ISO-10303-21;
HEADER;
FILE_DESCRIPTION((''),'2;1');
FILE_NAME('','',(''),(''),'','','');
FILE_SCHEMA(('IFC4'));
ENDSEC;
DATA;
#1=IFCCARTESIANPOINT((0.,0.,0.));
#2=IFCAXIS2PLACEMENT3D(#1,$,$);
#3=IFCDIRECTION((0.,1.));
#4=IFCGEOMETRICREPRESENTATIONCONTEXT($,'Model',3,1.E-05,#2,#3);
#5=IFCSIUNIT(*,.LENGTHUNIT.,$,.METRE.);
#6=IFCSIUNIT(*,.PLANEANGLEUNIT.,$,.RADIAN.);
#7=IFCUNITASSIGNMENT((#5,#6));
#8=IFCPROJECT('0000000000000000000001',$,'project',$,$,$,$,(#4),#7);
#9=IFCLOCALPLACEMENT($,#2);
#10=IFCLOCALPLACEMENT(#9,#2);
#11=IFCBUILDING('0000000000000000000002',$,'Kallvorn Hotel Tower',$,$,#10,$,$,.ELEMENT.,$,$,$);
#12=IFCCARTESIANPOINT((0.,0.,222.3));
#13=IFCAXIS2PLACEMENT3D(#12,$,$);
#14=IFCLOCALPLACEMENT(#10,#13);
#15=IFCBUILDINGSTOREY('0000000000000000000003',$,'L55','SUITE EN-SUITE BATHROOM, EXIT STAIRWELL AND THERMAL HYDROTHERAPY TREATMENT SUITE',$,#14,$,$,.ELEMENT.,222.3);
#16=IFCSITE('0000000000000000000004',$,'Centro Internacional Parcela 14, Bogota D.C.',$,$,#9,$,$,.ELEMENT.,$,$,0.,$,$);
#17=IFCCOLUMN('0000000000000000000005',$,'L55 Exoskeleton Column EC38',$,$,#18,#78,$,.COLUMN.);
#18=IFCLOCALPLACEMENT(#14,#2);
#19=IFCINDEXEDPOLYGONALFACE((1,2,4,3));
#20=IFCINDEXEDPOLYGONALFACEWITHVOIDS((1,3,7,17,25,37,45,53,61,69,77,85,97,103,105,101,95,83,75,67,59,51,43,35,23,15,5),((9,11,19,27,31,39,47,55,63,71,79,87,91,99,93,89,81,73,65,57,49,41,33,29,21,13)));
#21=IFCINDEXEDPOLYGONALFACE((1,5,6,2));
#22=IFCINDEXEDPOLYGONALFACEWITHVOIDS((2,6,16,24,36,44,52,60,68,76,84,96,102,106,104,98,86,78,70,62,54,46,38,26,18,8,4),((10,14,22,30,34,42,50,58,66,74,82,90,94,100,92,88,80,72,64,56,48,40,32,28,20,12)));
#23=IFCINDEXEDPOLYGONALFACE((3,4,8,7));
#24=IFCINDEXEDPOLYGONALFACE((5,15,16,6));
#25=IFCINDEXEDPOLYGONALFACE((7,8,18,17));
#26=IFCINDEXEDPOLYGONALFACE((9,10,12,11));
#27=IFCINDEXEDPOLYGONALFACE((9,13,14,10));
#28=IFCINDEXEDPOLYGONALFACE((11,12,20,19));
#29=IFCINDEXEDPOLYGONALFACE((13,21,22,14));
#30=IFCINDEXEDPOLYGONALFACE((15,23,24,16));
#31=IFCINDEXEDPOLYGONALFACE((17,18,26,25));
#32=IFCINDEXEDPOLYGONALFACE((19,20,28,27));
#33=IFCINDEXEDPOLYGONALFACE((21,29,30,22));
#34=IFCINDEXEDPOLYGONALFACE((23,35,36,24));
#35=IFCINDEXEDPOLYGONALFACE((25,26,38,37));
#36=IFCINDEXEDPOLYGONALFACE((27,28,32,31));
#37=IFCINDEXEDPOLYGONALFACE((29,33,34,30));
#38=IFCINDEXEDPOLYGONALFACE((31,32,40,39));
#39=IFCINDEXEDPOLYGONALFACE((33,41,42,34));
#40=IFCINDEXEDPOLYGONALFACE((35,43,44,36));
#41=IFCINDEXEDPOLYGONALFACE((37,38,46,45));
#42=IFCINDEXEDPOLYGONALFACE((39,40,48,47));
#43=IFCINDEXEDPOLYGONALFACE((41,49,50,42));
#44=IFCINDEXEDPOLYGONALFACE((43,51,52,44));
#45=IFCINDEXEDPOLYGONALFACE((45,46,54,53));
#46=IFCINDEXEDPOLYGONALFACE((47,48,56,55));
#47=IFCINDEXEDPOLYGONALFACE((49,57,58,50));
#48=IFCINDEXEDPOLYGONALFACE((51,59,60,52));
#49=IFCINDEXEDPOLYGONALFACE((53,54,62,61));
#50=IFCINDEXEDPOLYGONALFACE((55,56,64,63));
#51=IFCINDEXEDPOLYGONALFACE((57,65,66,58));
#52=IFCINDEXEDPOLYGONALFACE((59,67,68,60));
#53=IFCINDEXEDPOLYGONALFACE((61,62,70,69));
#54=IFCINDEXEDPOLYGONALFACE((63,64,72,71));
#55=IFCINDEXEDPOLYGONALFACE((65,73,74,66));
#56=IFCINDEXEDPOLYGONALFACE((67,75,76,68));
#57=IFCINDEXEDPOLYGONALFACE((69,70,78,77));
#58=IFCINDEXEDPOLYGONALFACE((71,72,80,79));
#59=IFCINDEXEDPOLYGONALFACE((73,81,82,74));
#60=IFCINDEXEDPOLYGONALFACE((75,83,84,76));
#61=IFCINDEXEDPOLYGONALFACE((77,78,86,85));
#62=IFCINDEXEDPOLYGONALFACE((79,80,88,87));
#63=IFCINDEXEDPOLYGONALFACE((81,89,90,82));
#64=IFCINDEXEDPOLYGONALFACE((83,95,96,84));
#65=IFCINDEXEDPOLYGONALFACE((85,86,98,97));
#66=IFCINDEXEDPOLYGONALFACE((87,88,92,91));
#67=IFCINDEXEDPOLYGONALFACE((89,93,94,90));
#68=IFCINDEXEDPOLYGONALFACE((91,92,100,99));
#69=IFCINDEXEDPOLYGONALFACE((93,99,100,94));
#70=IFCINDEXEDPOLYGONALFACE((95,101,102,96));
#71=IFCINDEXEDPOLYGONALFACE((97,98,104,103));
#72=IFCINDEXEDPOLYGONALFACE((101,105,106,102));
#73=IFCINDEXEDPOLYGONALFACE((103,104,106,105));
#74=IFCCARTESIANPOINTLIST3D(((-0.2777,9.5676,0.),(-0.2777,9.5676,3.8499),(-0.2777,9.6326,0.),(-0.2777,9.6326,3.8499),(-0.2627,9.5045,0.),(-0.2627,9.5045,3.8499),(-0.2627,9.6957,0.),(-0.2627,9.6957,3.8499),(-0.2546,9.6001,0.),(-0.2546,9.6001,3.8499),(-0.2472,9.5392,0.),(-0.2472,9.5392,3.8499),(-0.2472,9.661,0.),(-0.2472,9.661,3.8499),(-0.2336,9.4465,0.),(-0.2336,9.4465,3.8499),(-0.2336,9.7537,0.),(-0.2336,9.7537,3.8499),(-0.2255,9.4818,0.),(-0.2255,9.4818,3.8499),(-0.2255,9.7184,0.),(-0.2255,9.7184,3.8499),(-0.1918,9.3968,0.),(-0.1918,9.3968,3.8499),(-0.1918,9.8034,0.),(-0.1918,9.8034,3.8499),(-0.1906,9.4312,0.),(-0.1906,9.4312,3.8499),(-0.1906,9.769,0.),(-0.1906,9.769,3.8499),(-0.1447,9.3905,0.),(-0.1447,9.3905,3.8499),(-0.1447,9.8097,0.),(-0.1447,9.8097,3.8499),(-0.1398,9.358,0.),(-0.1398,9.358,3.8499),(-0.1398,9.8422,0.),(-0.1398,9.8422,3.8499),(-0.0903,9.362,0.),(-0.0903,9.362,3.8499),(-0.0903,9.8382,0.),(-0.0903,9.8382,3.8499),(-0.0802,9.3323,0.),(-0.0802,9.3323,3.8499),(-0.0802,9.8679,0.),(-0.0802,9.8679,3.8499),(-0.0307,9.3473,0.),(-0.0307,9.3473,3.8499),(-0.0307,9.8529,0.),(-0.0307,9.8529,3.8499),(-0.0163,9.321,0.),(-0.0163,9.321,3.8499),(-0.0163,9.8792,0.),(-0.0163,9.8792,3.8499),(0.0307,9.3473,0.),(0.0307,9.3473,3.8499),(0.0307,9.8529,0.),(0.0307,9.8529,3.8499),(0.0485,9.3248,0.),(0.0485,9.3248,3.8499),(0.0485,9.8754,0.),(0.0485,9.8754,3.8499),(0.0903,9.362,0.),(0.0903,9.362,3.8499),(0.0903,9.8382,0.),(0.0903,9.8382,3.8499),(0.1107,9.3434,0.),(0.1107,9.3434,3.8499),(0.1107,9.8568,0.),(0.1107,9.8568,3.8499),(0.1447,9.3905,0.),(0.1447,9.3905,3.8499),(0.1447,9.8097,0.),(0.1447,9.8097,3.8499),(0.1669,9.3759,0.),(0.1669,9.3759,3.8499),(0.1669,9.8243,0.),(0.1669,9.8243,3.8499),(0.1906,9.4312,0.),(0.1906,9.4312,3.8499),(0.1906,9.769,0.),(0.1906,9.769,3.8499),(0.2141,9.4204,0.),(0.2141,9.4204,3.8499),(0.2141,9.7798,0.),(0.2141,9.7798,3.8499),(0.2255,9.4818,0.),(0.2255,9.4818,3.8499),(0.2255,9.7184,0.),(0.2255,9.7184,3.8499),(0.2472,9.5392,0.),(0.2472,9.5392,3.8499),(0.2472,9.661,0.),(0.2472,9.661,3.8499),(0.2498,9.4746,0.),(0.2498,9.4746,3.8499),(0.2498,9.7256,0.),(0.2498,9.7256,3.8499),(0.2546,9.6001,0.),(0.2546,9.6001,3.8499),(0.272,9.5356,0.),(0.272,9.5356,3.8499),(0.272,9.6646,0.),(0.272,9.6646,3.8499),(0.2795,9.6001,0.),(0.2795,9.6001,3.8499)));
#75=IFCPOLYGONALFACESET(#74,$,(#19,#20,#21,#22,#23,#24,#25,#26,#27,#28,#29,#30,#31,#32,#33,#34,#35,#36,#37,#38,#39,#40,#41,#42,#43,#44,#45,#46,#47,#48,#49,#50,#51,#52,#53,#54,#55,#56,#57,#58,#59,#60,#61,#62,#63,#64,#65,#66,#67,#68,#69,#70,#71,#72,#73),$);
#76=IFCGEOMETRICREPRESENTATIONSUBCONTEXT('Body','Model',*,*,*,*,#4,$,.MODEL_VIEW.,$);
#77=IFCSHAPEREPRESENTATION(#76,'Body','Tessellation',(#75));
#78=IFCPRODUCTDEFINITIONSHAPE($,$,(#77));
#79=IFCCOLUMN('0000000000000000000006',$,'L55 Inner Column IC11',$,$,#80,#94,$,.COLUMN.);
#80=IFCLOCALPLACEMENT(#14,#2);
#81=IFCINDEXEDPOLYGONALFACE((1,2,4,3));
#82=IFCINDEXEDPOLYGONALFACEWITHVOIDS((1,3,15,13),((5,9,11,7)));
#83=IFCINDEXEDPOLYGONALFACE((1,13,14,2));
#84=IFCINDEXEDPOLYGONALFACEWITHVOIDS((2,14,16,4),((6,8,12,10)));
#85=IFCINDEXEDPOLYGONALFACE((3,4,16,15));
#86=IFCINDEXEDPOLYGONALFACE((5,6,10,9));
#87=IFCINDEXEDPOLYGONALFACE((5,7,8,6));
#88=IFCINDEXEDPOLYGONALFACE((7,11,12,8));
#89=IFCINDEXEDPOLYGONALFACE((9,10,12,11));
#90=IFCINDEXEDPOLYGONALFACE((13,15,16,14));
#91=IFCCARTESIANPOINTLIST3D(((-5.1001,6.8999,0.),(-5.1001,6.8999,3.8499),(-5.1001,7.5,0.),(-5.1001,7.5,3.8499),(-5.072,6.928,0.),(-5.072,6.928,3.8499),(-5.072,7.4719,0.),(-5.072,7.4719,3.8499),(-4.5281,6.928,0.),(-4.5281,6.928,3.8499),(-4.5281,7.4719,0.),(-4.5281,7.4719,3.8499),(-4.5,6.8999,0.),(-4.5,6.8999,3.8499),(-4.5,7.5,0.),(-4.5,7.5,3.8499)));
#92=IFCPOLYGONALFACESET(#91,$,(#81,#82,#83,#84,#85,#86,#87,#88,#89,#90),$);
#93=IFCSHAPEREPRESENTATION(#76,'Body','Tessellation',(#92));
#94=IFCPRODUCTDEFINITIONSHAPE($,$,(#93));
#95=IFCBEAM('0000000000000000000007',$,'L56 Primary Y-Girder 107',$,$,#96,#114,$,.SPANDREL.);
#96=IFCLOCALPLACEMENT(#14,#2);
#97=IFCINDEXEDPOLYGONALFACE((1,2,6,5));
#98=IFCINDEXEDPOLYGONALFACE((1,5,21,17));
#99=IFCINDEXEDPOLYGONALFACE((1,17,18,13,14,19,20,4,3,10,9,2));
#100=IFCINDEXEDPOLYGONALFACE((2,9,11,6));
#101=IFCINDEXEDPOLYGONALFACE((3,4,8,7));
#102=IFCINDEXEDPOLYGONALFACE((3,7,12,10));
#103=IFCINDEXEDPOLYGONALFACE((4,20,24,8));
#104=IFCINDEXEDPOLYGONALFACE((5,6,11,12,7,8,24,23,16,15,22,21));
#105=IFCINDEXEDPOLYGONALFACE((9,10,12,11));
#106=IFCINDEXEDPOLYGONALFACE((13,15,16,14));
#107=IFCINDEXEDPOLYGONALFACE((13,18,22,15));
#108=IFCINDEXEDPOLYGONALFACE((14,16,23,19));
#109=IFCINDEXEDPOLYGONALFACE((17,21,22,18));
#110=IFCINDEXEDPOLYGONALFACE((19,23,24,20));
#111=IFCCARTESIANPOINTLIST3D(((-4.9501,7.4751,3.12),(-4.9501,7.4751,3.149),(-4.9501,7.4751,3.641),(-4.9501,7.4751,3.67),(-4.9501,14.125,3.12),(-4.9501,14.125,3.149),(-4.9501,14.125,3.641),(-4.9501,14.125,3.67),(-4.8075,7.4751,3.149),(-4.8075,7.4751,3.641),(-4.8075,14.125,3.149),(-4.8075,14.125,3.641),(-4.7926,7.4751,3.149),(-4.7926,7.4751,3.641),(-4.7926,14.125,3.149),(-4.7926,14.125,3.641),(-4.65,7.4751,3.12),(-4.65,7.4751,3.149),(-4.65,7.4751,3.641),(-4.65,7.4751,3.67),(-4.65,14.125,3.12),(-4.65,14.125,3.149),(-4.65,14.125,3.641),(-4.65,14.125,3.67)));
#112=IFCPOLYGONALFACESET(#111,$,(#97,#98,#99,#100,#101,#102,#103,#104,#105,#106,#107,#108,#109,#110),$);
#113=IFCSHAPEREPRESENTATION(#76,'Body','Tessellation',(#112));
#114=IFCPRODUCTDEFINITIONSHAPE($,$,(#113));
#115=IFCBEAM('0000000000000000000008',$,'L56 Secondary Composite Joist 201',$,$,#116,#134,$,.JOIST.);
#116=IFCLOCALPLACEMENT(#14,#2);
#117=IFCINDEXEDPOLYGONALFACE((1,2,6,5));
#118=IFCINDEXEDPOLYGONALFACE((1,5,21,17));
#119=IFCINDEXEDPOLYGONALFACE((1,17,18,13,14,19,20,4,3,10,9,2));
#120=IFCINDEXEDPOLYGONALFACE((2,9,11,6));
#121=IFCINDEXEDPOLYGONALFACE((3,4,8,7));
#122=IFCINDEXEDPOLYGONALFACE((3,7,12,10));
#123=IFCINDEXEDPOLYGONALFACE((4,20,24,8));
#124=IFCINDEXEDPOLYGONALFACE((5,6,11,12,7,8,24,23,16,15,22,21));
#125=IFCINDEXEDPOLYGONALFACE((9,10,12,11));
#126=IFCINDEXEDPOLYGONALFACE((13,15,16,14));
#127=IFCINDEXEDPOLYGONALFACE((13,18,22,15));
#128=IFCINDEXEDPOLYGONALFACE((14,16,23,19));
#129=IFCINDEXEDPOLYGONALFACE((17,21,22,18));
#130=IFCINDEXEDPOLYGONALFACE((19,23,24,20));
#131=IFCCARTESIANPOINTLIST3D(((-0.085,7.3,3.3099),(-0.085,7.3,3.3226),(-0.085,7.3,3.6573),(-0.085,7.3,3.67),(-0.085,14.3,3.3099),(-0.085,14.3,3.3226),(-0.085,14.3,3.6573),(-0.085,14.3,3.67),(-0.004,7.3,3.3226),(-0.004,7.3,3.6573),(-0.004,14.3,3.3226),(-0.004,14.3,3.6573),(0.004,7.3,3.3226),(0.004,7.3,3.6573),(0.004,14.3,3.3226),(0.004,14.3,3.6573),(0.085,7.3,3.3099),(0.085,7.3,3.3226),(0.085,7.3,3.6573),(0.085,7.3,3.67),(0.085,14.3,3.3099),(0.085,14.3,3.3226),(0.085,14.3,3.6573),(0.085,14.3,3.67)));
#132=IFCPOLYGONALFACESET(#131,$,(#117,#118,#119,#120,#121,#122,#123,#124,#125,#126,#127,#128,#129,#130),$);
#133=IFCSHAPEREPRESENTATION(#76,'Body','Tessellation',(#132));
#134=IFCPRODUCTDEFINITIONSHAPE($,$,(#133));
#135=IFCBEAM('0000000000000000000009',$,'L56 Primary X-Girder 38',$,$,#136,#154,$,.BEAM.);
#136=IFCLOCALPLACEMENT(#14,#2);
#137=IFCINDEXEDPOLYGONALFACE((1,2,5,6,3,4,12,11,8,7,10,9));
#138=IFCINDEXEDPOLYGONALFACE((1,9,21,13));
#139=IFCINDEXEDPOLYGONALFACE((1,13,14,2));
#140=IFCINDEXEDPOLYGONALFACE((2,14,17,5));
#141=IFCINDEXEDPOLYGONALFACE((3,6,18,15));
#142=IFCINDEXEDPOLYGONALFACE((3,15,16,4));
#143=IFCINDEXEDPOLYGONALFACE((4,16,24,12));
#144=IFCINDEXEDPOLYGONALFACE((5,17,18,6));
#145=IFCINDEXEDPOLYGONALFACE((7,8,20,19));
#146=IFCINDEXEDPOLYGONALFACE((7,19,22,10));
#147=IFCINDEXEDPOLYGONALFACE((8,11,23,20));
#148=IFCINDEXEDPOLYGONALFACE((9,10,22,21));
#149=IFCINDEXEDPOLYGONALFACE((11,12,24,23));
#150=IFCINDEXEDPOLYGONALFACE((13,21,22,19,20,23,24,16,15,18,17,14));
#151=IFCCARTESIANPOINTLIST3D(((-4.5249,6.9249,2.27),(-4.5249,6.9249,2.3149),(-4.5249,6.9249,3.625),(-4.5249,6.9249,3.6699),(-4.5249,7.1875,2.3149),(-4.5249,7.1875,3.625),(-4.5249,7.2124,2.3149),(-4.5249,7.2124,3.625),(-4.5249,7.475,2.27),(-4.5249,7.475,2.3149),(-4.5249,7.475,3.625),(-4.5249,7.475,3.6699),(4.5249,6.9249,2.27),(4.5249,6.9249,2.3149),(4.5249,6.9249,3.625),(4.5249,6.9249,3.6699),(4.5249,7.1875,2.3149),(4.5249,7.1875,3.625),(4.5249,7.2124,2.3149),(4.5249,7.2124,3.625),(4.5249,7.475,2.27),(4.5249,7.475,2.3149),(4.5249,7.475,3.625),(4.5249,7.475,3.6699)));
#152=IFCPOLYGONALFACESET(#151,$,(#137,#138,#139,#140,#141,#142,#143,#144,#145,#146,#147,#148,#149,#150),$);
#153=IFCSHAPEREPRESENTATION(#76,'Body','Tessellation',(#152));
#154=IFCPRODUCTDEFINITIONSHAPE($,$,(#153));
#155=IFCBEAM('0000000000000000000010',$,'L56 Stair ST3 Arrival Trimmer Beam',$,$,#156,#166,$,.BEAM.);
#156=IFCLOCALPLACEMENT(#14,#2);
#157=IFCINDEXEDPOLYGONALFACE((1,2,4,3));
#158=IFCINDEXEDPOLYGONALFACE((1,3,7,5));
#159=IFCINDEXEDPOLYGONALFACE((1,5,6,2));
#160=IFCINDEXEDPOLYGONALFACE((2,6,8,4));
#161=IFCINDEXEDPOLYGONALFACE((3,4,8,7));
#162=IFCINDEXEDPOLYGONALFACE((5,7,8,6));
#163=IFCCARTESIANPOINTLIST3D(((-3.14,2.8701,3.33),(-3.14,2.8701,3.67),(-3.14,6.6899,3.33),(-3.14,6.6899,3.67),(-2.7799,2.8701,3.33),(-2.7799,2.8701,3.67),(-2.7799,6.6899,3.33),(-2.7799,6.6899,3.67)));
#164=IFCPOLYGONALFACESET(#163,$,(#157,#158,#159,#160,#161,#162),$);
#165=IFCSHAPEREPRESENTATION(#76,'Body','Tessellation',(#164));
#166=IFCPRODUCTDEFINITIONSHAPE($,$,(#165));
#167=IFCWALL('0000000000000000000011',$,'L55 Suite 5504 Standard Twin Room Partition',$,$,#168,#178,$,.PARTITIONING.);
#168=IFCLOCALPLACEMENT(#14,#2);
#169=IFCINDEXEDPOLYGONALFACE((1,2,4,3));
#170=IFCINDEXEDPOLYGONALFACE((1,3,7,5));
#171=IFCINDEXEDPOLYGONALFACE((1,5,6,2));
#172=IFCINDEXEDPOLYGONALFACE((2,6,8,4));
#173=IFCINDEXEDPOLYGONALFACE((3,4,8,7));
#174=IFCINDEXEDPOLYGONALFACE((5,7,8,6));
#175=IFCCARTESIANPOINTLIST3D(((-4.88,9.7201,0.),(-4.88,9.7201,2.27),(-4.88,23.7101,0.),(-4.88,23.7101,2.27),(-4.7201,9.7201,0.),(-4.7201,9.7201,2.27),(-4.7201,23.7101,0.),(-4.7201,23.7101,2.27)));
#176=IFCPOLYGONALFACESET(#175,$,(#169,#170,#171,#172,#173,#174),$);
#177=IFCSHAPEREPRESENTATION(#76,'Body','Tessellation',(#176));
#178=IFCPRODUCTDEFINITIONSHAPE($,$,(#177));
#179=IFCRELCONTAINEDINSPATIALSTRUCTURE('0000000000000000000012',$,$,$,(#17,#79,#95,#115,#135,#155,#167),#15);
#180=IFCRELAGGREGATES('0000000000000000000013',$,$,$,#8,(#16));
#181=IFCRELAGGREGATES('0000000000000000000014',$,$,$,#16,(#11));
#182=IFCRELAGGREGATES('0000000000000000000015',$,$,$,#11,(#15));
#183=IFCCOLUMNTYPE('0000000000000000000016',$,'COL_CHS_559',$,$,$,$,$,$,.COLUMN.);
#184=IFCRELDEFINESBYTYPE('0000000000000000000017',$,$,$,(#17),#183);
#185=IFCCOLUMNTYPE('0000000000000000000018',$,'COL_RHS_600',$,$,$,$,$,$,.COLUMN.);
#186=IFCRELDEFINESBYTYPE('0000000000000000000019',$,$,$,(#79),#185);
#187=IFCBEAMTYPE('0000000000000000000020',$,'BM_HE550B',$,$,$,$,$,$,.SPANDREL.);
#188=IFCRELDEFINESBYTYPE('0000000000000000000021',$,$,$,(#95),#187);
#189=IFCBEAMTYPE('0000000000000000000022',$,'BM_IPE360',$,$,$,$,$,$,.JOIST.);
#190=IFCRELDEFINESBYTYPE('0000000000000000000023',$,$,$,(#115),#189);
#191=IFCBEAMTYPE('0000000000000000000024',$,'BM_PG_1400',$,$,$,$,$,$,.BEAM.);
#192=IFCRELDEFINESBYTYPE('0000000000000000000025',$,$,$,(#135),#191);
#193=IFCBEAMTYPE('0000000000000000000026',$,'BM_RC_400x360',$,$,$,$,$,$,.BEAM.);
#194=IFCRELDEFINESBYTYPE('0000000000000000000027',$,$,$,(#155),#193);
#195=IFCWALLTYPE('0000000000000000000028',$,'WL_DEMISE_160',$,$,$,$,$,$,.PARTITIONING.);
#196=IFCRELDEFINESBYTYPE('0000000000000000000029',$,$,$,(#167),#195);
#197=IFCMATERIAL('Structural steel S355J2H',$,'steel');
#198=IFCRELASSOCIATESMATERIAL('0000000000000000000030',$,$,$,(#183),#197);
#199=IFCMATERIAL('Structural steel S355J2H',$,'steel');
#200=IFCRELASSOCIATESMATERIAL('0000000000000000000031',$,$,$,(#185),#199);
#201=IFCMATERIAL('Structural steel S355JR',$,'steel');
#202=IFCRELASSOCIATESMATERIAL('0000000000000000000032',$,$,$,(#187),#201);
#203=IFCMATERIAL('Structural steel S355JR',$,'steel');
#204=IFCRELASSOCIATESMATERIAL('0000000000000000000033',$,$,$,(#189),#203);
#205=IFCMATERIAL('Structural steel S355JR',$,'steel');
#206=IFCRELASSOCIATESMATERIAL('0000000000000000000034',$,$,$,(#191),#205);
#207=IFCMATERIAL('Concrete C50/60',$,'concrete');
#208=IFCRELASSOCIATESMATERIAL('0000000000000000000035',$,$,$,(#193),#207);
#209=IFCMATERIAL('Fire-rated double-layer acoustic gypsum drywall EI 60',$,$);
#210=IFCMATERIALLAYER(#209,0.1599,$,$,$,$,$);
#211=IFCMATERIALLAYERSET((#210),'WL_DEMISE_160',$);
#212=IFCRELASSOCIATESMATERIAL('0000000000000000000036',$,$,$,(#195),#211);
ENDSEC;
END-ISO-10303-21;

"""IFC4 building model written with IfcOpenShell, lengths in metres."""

from ifc_helpers import new_model, si_unit, direction, frame, frame_2d, origin, origin_2d, place, context, subcontext, project, spatial, rectangle, hollow_rectangle, hollow_circle, i_section, extrude, material, layer, layer_set, material_profile, profile_set, type_object, element, save


model = new_model("IFC4")

# Units and contexts
model_context = context("Model", 3, precision=1e-05, world=origin(), true_north=direction((0.0, 1.0)))
body_context = subcontext(model_context, "Body", "Model", "MODEL_VIEW")
ifc_project = project(units=[si_unit("LENGTHUNIT", "METRE"), si_unit("PLANEANGLEUNIT", "RADIAN")], contexts=[model_context])

# Site, building, storey
site_placement = place(None, origin())
site = spatial("IfcSite", under=ifc_project, at=site_placement, Name="Centro Internacional Parcela 14, Bogota D.C.", CompositionType="ELEMENT", RefElevation=0.0)
building_placement = place(site_placement, origin())
building = spatial("IfcBuilding", under=site, at=building_placement, Name="Kallvorn Hotel Tower", CompositionType="ELEMENT")
storey_placement = place(building_placement, frame((0.0, 0.0, 222.3)))
storey = spatial("IfcBuildingStorey", under=building, at=storey_placement, Name="L55", Description="SUITE EN-SUITE BATHROOM, EXIT STAIRWELL AND THERMAL HYDROTHERAPY TREATMENT SUITE", CompositionType="ELEMENT", Elevation=222.3)

# Columns
ifc_material_1 = material(Name="Structural steel S355J2H", Category="steel")
ifc_material_profile_1 = material_profile(ifc_material_1, hollow_circle(Radius=0.2795, WallThickness=0.0249, at=origin_2d()), Name="CHS 559x25")
ifc_profile_set_1 = profile_set([ifc_material_profile_1], Name="Structural steel S355J2H")
column_type_1 = type_object("IfcColumnType", Name="COL_CHS_559", PredefinedType="COLUMN", material=ifc_profile_set_1)
column_1_placement = place(storey_placement, frame((0.0, 9.6001, 0.0), z_axis=(0.0, 0.0, 1.0), x_axis=(1.0, 0.0, 0.0)))
element("IfcColumn", 1, at=column_1_placement, inside=storey, type_object=column_type_1, Name="L55 Exoskeleton Column EC38", PredefinedType="COLUMN", context=body_context, shape_type="SweptSolid", body=[
    extrude(hollow_circle(Radius=0.2795, WallThickness=0.0249, at=origin_2d()), origin(), (0.0, 0.0, 1.0), 3.8499),
])
ifc_material_2 = material(Name="Structural steel S355J2H", Category="steel")
ifc_material_profile_2 = material_profile(ifc_material_2, hollow_rectangle(XDim=0.6001, YDim=0.6001, WallThickness=0.0281, at=origin_2d()), Name="RHS 600x600x28")
ifc_profile_set_2 = profile_set([ifc_material_profile_2], Name="Structural steel S355J2H")
column_type_2 = type_object("IfcColumnType", Name="COL_RHS_600", PredefinedType="COLUMN", material=ifc_profile_set_2)
column_2_placement = place(storey_placement, frame((-4.8, 7.2, 0.0), z_axis=(0.0, 0.0, 1.0), x_axis=(1.0, 0.0, 0.0)))
element("IfcColumn", 2, at=column_2_placement, inside=storey, type_object=column_type_2, Name="L55 Inner Column IC11", PredefinedType="COLUMN", context=body_context, shape_type="SweptSolid", body=[
    extrude(hollow_rectangle(XDim=0.6001, YDim=0.6001, WallThickness=0.0281, at=origin_2d()), origin(), (0.0, 0.0, 1.0), 3.8499),
])

# Beams
ifc_material_3 = material(Name="Structural steel S355JR", Category="steel")
ifc_material_profile_3 = material_profile(ifc_material_3, i_section(OverallWidth=0.3, OverallDepth=0.55, WebThickness=0.0149, FlangeThickness=0.0291, at=origin_2d()), Name="HE 550 B")
ifc_profile_set_3 = profile_set([ifc_material_profile_3], Name="Structural steel S355JR")
beam_type_1 = type_object("IfcBeamType", Name="BM_HE550B", PredefinedType="SPANDREL", material=ifc_profile_set_3)
beam_1_placement = place(storey_placement, frame((-4.8, 7.4751, 3.395), z_axis=(0.0, 1.0, 0.0), x_axis=(-1.0, 0.0, 0.0)))
element("IfcBeam", 3, at=beam_1_placement, inside=storey, type_object=beam_type_1, Name="L56 Primary Y-Girder 107", PredefinedType="SPANDREL", context=body_context, shape_type="SweptSolid", body=[
    extrude(i_section(OverallWidth=0.3, OverallDepth=0.55, WebThickness=0.0149, FlangeThickness=0.0291, at=origin_2d()), origin(), (0.0, 0.0, 1.0), 6.6499),
])
ifc_material_4 = material(Name="Structural steel S355JR", Category="steel")
ifc_material_profile_4 = material_profile(ifc_material_4, i_section(OverallWidth=0.1699, OverallDepth=0.3601, WebThickness=0.0081, FlangeThickness=0.0127, at=origin_2d()), Name="IPE 360")
ifc_profile_set_4 = profile_set([ifc_material_profile_4], Name="Structural steel S355JR")
beam_type_2 = type_object("IfcBeamType", Name="BM_IPE360", PredefinedType="JOIST", material=ifc_profile_set_4)
beam_2_placement = place(storey_placement, frame((0.0, 7.3, 3.49), z_axis=(0.0, 1.0, 0.0), x_axis=(-1.0, 0.0, 0.0)))
element("IfcBeam", 4, at=beam_2_placement, inside=storey, type_object=beam_type_2, Name="L56 Secondary Composite Joist 201", PredefinedType="JOIST", context=body_context, shape_type="SweptSolid", body=[
    extrude(i_section(OverallWidth=0.1699, OverallDepth=0.3601, WebThickness=0.0081, FlangeThickness=0.0127, at=origin_2d()), origin(), (0.0, 0.0, 1.0), 7.0),
])
ifc_material_5 = material(Name="Structural steel S355JR", Category="steel")
ifc_material_profile_5 = material_profile(ifc_material_5, i_section(OverallWidth=0.55, OverallDepth=1.3999, WebThickness=0.0249, FlangeThickness=0.0449, at=origin_2d()), Name="PG 1400x550x25x45")
ifc_profile_set_5 = profile_set([ifc_material_profile_5], Name="Structural steel S355JR")
beam_type_3 = type_object("IfcBeamType", Name="BM_PG_1400", PredefinedType="BEAM", material=ifc_profile_set_5)
beam_3_placement = place(storey_placement, frame((-4.5249, 7.2, 2.97), z_axis=(1.0, 0.0, 0.0), x_axis=(0.0, 1.0, 0.0)))
element("IfcBeam", 5, at=beam_3_placement, inside=storey, type_object=beam_type_3, Name="L56 Primary X-Girder 38", PredefinedType="BEAM", context=body_context, shape_type="SweptSolid", body=[
    extrude(i_section(OverallWidth=0.55, OverallDepth=1.3999, WebThickness=0.0249, FlangeThickness=0.0449, at=origin_2d()), origin(), (0.0, 0.0, 1.0), 9.0498),
])
ifc_material_6 = material(Name="Concrete C50/60", Category="concrete")
ifc_material_profile_6 = material_profile(ifc_material_6, rectangle(XDim=0.3601, YDim=0.3401, at=origin_2d()), Name="RC 360x340")
ifc_profile_set_6 = profile_set([ifc_material_profile_6], Name="Concrete C50/60")
beam_type_4 = type_object("IfcBeamType", Name="BM_RC_400x360", PredefinedType="BEAM", material=ifc_profile_set_6)
beam_4_placement = place(storey_placement, frame((-2.96, 2.8701, 3.5), z_axis=(0.0, 1.0, 0.0), x_axis=(-1.0, 0.0, 0.0)))
element("IfcBeam", 6, at=beam_4_placement, inside=storey, type_object=beam_type_4, Name="L56 Stair ST3 Arrival Trimmer Beam", PredefinedType="BEAM", context=body_context, shape_type="SweptSolid", body=[
    extrude(rectangle(XDim=0.3601, YDim=0.3401, at=origin_2d()), origin(), (0.0, 0.0, 1.0), 3.8198),
])

# Wall
ifc_material_7 = material(Name="Fire-rated double-layer acoustic gypsum drywall EI 60")
ifc_layer_1 = layer(ifc_material_7, 0.1599)
ifc_layer_set_1 = layer_set([ifc_layer_1], Name="WL_DEMISE_160")
wall_type_1 = type_object("IfcWallType", Name="WL_DEMISE_160", PredefinedType="PARTITIONING", material=ifc_layer_set_1)
wall_1_placement = place(storey_placement, frame((-4.8, 9.72, 0.0), z_axis=(0.0, 0.0, 1.0), x_axis=(0.0, 1.0, 0.0)))
element("IfcWall", 7, at=wall_1_placement, inside=storey, type_object=wall_type_1, Name="L55 Suite 5504 Standard Twin Room Partition", PredefinedType="PARTITIONING", context=body_context, shape_type="SweptSolid", body=[
    extrude(rectangle(XDim=13.99, YDim=0.1599, at=frame_2d((6.9951, 0.0))), origin(), (0.0, 0.0, 1.0), 2.27),
])

save(model, "model.ifc")
